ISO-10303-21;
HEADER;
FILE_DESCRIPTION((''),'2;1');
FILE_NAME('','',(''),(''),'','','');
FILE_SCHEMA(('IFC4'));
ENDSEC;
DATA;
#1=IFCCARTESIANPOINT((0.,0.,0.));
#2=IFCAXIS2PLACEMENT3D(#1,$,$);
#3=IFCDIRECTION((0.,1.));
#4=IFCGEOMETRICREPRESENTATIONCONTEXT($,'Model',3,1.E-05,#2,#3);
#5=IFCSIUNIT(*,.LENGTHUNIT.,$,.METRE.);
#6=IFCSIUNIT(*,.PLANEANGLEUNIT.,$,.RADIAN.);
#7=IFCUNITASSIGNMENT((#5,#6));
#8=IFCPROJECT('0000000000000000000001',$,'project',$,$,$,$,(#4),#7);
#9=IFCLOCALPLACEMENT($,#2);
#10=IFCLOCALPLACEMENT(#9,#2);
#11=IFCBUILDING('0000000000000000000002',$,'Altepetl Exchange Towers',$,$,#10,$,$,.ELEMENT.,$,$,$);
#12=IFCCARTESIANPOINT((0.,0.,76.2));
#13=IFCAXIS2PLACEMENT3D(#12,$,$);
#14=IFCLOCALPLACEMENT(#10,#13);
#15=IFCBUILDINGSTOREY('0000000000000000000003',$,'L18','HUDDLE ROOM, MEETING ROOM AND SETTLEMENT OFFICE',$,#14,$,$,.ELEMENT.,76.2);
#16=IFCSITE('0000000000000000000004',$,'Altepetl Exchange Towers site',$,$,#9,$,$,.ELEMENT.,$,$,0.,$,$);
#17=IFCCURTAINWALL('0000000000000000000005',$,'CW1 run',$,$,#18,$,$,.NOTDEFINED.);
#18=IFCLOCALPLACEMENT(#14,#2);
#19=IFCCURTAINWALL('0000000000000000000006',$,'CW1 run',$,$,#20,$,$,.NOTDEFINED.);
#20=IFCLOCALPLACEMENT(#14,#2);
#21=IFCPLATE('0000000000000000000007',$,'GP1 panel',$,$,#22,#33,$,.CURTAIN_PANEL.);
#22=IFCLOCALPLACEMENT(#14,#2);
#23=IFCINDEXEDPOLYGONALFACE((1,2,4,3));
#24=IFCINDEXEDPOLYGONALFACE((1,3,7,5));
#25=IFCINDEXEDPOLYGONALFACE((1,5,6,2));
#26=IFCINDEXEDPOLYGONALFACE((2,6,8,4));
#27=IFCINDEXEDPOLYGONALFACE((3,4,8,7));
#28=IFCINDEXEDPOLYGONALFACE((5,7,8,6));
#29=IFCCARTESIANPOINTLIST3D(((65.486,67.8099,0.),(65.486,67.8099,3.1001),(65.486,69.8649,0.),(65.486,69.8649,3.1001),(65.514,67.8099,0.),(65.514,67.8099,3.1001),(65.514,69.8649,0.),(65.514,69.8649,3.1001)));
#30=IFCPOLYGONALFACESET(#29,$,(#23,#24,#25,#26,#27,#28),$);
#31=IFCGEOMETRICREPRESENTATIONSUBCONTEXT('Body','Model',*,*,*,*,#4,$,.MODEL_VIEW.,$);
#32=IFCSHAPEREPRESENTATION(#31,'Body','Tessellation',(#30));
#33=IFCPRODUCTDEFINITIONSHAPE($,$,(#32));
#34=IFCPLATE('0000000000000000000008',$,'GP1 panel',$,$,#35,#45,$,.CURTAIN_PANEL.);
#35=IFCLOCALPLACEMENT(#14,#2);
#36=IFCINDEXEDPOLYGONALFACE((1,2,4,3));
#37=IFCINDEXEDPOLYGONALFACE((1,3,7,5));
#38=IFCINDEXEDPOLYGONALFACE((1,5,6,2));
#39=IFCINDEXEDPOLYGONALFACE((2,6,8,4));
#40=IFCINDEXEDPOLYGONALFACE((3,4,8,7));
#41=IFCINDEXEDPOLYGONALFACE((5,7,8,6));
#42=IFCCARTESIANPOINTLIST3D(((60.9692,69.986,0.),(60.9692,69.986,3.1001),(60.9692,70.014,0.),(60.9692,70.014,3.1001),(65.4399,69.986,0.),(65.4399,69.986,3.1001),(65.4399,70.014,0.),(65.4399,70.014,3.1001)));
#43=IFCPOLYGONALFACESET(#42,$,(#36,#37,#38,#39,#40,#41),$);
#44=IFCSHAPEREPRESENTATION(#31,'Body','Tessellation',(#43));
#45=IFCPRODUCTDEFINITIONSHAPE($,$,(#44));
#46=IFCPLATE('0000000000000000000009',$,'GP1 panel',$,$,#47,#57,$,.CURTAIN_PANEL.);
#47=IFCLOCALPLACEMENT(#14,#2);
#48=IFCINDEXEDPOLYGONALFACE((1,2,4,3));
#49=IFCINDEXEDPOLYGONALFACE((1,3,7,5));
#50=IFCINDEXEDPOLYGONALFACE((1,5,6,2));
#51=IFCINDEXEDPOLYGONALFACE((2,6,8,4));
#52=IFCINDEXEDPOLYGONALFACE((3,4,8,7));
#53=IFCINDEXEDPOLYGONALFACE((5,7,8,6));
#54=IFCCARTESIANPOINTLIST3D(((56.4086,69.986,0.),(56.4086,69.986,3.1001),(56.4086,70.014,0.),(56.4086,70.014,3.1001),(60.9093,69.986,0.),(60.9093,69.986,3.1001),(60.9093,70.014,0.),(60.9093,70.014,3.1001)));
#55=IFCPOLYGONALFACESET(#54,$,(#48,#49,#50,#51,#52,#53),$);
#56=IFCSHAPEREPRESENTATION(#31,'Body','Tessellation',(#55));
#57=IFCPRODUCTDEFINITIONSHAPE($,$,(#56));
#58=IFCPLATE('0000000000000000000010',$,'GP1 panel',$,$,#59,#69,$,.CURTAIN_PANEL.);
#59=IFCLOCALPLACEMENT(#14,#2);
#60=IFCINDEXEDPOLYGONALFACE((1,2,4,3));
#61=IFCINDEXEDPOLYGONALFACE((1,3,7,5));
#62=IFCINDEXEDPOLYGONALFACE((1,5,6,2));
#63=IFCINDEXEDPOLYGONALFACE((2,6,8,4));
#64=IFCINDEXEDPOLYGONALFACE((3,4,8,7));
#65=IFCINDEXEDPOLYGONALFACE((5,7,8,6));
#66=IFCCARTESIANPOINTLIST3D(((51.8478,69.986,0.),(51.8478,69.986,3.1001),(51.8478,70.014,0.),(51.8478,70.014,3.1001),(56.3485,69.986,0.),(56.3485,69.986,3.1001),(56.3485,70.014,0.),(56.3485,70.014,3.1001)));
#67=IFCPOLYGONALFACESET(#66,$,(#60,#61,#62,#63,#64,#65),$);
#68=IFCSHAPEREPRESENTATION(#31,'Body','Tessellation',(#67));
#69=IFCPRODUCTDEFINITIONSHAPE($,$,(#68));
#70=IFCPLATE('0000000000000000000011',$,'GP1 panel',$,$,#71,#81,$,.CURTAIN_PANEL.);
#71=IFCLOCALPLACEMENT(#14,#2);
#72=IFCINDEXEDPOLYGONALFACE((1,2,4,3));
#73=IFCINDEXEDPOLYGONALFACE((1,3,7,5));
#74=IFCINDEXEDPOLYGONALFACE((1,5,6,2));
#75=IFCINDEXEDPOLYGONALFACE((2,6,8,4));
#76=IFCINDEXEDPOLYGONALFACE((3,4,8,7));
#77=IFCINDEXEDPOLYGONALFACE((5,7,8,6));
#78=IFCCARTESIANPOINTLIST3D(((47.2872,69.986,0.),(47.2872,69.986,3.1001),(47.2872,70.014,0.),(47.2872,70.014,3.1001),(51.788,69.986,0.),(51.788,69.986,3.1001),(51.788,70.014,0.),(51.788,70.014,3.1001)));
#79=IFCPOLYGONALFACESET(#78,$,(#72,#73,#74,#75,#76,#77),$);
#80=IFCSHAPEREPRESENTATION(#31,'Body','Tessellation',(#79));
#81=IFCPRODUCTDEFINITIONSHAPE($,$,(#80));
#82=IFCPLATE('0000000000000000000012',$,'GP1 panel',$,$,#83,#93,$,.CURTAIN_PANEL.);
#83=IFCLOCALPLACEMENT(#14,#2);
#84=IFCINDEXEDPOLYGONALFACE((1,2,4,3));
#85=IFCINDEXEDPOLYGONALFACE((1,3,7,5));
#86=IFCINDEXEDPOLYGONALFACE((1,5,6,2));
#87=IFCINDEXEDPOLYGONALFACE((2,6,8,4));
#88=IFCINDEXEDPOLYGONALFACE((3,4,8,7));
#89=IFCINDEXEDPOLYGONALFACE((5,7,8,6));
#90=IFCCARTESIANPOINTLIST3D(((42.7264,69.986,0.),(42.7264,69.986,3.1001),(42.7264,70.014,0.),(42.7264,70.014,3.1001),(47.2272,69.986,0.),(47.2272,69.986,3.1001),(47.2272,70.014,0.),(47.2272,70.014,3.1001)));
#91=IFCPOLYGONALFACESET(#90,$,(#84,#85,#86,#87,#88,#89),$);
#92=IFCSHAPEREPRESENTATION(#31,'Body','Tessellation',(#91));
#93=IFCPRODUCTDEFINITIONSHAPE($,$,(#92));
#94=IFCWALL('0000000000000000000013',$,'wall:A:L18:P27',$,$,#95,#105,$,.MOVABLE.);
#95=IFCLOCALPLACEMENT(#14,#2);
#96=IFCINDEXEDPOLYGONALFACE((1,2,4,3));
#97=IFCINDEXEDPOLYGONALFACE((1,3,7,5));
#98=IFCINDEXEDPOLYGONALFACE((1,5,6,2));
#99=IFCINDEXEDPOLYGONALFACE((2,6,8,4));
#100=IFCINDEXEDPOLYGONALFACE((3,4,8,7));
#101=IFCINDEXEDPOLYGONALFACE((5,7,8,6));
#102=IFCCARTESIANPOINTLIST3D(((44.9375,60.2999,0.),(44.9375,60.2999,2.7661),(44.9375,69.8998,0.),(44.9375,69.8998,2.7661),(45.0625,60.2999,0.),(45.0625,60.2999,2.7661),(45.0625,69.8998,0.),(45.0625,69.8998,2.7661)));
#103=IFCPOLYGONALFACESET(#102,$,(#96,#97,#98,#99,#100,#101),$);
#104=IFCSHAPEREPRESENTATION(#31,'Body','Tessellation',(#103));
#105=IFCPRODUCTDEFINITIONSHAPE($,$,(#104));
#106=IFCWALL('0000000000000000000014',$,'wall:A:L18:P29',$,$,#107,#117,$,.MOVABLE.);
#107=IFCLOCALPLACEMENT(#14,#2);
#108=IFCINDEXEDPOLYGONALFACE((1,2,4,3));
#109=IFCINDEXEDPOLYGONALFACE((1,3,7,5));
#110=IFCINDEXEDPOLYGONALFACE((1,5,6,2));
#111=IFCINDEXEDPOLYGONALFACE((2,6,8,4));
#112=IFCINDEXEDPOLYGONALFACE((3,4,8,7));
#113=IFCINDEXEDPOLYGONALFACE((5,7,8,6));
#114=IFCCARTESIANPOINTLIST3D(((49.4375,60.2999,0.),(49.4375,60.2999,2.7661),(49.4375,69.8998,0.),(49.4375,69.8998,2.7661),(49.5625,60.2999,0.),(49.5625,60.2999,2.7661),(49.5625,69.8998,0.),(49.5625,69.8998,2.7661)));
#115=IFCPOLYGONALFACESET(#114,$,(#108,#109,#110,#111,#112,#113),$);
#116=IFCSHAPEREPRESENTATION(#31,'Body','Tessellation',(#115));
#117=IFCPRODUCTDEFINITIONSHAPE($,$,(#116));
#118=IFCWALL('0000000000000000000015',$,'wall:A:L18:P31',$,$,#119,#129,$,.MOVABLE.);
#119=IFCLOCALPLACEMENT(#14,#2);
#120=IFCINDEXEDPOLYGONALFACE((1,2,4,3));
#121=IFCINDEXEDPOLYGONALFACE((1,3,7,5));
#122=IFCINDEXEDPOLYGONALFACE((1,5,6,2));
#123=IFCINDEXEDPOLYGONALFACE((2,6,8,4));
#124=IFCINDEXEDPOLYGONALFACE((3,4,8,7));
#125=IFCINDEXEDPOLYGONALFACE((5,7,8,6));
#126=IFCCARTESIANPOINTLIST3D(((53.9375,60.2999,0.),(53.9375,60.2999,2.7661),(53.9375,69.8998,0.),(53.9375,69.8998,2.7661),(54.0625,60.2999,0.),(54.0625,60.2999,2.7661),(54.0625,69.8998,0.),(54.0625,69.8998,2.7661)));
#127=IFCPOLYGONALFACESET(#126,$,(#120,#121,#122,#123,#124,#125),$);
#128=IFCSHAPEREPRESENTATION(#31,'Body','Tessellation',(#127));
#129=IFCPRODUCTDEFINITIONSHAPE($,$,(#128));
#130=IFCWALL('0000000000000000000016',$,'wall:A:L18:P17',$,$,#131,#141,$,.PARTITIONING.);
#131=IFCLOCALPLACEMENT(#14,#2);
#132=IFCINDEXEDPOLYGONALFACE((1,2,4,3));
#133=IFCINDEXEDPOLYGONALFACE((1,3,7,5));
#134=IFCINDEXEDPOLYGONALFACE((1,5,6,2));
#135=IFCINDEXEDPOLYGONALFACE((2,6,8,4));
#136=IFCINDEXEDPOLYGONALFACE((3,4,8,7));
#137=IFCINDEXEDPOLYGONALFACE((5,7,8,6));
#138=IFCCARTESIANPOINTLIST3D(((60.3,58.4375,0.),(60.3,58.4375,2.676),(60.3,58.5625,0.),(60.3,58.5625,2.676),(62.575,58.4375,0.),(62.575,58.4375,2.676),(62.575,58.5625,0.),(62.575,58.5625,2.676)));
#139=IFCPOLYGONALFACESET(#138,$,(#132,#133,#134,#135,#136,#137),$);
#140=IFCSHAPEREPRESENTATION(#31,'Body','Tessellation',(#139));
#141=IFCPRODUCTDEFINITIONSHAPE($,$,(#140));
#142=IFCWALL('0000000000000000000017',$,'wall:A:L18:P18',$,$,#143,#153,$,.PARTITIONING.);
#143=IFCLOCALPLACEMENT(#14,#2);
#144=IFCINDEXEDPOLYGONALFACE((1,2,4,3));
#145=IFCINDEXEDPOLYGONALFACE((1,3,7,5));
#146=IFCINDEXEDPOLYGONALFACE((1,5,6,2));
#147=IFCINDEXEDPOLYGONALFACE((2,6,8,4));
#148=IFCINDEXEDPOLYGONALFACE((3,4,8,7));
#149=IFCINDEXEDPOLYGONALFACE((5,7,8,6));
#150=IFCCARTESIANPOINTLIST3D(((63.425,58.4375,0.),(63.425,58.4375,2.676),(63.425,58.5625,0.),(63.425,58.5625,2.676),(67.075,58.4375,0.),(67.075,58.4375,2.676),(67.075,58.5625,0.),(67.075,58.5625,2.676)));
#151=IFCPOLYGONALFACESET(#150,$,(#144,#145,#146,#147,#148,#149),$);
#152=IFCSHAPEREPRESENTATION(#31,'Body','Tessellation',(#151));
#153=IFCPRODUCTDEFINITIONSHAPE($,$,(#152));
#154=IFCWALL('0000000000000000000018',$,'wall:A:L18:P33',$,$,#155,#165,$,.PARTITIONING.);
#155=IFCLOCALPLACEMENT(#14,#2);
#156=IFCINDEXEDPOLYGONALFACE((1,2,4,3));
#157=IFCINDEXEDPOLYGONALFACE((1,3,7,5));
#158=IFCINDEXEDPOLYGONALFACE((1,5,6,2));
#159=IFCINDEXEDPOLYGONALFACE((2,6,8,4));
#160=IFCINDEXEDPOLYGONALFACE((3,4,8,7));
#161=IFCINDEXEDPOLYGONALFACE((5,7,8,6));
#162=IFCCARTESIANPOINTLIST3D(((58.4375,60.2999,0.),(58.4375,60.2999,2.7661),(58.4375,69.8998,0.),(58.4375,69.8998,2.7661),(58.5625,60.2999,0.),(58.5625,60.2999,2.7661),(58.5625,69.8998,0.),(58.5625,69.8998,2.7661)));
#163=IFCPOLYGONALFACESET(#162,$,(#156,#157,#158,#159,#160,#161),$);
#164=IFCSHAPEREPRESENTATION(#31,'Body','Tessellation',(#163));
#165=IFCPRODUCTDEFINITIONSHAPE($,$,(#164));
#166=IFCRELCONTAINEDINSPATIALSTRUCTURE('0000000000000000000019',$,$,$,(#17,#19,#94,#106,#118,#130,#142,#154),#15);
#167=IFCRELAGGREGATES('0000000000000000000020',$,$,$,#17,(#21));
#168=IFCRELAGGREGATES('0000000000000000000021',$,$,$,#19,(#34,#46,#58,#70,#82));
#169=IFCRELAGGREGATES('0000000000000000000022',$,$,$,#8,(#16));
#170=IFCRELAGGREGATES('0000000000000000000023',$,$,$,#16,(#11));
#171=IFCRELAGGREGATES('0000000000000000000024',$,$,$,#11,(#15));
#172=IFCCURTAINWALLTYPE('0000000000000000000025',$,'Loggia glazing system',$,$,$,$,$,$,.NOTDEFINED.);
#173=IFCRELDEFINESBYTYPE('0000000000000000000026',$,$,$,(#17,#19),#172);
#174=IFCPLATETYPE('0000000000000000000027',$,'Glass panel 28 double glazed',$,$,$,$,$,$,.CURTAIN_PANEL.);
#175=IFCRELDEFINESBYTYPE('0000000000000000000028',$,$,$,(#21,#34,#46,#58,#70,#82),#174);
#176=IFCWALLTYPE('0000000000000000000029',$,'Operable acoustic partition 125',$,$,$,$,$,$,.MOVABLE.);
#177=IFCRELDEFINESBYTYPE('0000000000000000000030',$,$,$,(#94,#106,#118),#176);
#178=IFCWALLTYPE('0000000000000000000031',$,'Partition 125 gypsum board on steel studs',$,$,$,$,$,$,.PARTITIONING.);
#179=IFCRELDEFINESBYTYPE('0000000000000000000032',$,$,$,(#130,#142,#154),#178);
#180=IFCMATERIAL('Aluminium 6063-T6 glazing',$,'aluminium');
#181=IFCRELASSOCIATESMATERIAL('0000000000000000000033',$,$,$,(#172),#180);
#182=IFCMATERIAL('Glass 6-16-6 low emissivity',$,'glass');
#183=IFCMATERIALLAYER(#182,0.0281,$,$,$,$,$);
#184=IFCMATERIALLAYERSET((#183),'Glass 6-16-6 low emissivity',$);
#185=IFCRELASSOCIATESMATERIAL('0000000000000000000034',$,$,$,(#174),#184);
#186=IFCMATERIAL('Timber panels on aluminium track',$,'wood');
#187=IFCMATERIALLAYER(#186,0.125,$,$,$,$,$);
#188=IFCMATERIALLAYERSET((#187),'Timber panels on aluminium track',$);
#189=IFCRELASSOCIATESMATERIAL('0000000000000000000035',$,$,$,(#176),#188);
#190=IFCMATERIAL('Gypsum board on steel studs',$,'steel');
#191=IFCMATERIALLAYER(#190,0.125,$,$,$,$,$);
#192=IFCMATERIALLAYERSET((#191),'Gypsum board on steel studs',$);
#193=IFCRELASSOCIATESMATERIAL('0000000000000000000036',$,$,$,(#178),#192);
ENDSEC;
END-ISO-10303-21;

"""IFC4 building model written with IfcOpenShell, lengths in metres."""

from ifc_helpers import new_model, si_unit, direction, frame, frame_2d, origin, origin_2d, place, context, subcontext, project, spatial, rectangle, extrude, material, layer, layer_set, type_object, element, aggregate, save


model = new_model("IFC4")

# Units and contexts
model_context = context("Model", 3, precision=1e-05, world=origin(), true_north=direction((0.0, 1.0)))
body_context = subcontext(model_context, "Body", "Model", "MODEL_VIEW")
ifc_project = project(units=[si_unit("LENGTHUNIT", "METRE"), si_unit("PLANEANGLEUNIT", "RADIAN")], contexts=[model_context])

# Site, building, storey
site_placement = place(None, origin())
site = spatial("IfcSite", under=ifc_project, at=site_placement, Name="Altepetl Exchange Towers site", CompositionType="ELEMENT", RefElevation=0.0)
building_placement = place(site_placement, origin())
building = spatial("IfcBuilding", under=site, at=building_placement, Name="Altepetl Exchange Towers", CompositionType="ELEMENT")
storey_placement = place(building_placement, frame((0.0, 0.0, 76.2)))
storey = spatial("IfcBuildingStorey", under=building, at=storey_placement, Name="L18", Description="HUDDLE ROOM, MEETING ROOM AND SETTLEMENT OFFICE", CompositionType="ELEMENT", Elevation=76.2)

# Shared definitions
ifc_material_1 = material(Name="Aluminium 6063-T6 glazing", Category="aluminium")
curtain_wall_type = type_object("IfcCurtainWallType", Name="Loggia glazing system", PredefinedType="NOTDEFINED", material=ifc_material_1)

# Curtain walls
curtain_wall_1_placement = place(storey_placement, origin())
curtain_wall_1 = element("IfcCurtainWall", 1, at=curtain_wall_1_placement, inside=storey, type_object=curtain_wall_type, Name="CW1 run", PredefinedType="NOTDEFINED")
curtain_wall_2_placement = place(storey_placement, origin())
curtain_wall_2 = element("IfcCurtainWall", 2, at=curtain_wall_2_placement, inside=storey, type_object=curtain_wall_type, Name="CW1 run", PredefinedType="NOTDEFINED")

# Plates
ifc_material_2 = material(Name="Glass 6-16-6 low emissivity", Category="glass")
ifc_layer_1 = layer(ifc_material_2, 0.0281)
ifc_layer_set_1 = layer_set([ifc_layer_1], Name="Glass 6-16-6 low emissivity")
plate_type = type_object("IfcPlateType", Name="Glass panel 28 double glazed", PredefinedType="CURTAIN_PANEL", material=ifc_layer_set_1)
plate_1_placement = place(storey_placement, frame((65.5, 68.8374, 0.0), z_axis=(0.0, 0.0, 1.0), x_axis=(0.0, 1.0, 0.0)))
plate_1 = element("IfcPlate", 3, at=plate_1_placement, type_object=plate_type, Name="GP1 panel", PredefinedType="CURTAIN_PANEL", context=body_context, shape_type="SweptSolid", body=[
    extrude(rectangle(XDim=2.0549, YDim=0.0281, at=origin_2d()), origin(), (0.0, 0.0, 1.0), 3.1001),
])
aggregate(curtain_wall_1, [plate_1])
plate_2_placement = place(storey_placement, frame((63.2046, 70.0, 0.0), z_axis=(0.0, 0.0, 1.0), x_axis=(-1.0, 0.0, 0.0)))
plate_2 = element("IfcPlate", 4, at=plate_2_placement, type_object=plate_type, Name="GP1 panel", PredefinedType="CURTAIN_PANEL", context=body_context, shape_type="SweptSolid", body=[
    extrude(rectangle(XDim=4.4707, YDim=0.0281, at=origin_2d()), origin(), (0.0, 0.0, 1.0), 3.1001),
])
plate_3_placement = place(storey_placement, frame((58.6589, 70.0, 0.0), z_axis=(0.0, 0.0, 1.0), x_axis=(-1.0, 0.0, 0.0)))
plate_3 = element("IfcPlate", 5, at=plate_3_placement, type_object=plate_type, Name="GP1 panel", PredefinedType="CURTAIN_PANEL", context=body_context, shape_type="SweptSolid", body=[
    extrude(rectangle(XDim=4.5007, YDim=0.0281, at=origin_2d()), origin(), (0.0, 0.0, 1.0), 3.1001),
])
plate_4_placement = place(storey_placement, frame((54.0981, 70.0, 0.0), z_axis=(0.0, 0.0, 1.0), x_axis=(-1.0, 0.0, 0.0)))
plate_4 = element("IfcPlate", 6, at=plate_4_placement, type_object=plate_type, Name="GP1 panel", PredefinedType="CURTAIN_PANEL", context=body_context, shape_type="SweptSolid", body=[
    extrude(rectangle(XDim=4.5007, YDim=0.0281, at=origin_2d()), origin(), (0.0, 0.0, 1.0), 3.1001),
])
plate_5_placement = place(storey_placement, frame((49.5376, 70.0, 0.0), z_axis=(0.0, 0.0, 1.0), x_axis=(-1.0, 0.0, 0.0)))
plate_5 = element("IfcPlate", 7, at=plate_5_placement, type_object=plate_type, Name="GP1 panel", PredefinedType="CURTAIN_PANEL", context=body_context, shape_type="SweptSolid", body=[
    extrude(rectangle(XDim=4.5007, YDim=0.0281, at=origin_2d()), origin(), (0.0, 0.0, 1.0), 3.1001),
])
plate_6_placement = place(storey_placement, frame((44.9768, 70.0, 0.0), z_axis=(0.0, 0.0, 1.0), x_axis=(-1.0, 0.0, 0.0)))
plate_6 = element("IfcPlate", 8, at=plate_6_placement, type_object=plate_type, Name="GP1 panel", PredefinedType="CURTAIN_PANEL", context=body_context, shape_type="SweptSolid", body=[
    extrude(rectangle(XDim=4.5007, YDim=0.0281, at=origin_2d()), origin(), (0.0, 0.0, 1.0), 3.1001),
])
aggregate(curtain_wall_2, [plate_2, plate_3, plate_4, plate_5, plate_6])

# Walls
ifc_material_3 = material(Name="Timber panels on aluminium track", Category="wood")
ifc_layer_2 = layer(ifc_material_3, 0.125)
ifc_layer_set_2 = layer_set([ifc_layer_2], Name="Timber panels on aluminium track")
wall_type_1 = type_object("IfcWallType", Name="Operable acoustic partition 125", PredefinedType="MOVABLE", material=ifc_layer_set_2)
for number, where, z_axis, x_axis, name in (
    (9, (45.0, 60.3, 0.0), (0.0, 0.0, 1.0), (0.0, 1.0, 0.0), "wall:A:L18:P27"),
    (10, (49.5, 60.3, 0.0), (0.0, 0.0, 1.0), (0.0, 1.0, 0.0), "wall:A:L18:P29"),
    (11, (54.0, 60.3, 0.0), (0.0, 0.0, 1.0), (0.0, 1.0, 0.0), "wall:A:L18:P31"),
):
    element("IfcWall", number, at=place(storey_placement, frame(where, z_axis=z_axis, x_axis=x_axis)), inside=storey, type_object=wall_type_1, Name=name, PredefinedType="MOVABLE", context=body_context, shape_type="SweptSolid", body=[
        extrude(rectangle(XDim=9.5999, YDim=0.125, at=frame_2d((4.7998, 0.0))), origin(), (0.0, 0.0, 1.0), 2.7661),
    ])
ifc_material_4 = material(Name="Gypsum board on steel studs", Category="steel")
ifc_layer_3 = layer(ifc_material_4, 0.125)
ifc_layer_set_3 = layer_set([ifc_layer_3], Name="Gypsum board on steel studs")
wall_type_2 = type_object("IfcWallType", Name="Partition 125 gypsum board on steel studs", PredefinedType="PARTITIONING", material=ifc_layer_set_3)
wall_1_placement = place(storey_placement, frame((60.3, 58.5, 0.0)))
element("IfcWall", 12, at=wall_1_placement, inside=storey, type_object=wall_type_2, Name="wall:A:L18:P17", PredefinedType="PARTITIONING", context=body_context, shape_type="SweptSolid", body=[
    extrude(rectangle(XDim=2.2749, YDim=0.125, at=frame_2d((1.1375, 0.0))), origin(), (0.0, 0.0, 1.0), 2.676),
])
wall_2_placement = place(storey_placement, frame((63.425, 58.5, 0.0)))
element("IfcWall", 13, at=wall_2_placement, inside=storey, type_object=wall_type_2, Name="wall:A:L18:P18", PredefinedType="PARTITIONING", context=body_context, shape_type="SweptSolid", body=[
    extrude(rectangle(XDim=3.6499, YDim=0.125, at=frame_2d((1.825, 0.0))), origin(), (0.0, 0.0, 1.0), 2.676),
])
wall_3_placement = place(storey_placement, frame((58.5, 60.3, 0.0), z_axis=(0.0, 0.0, 1.0), x_axis=(0.0, 1.0, 0.0)))
element("IfcWall", 14, at=wall_3_placement, inside=storey, type_object=wall_type_2, Name="wall:A:L18:P33", PredefinedType="PARTITIONING", context=body_context, shape_type="SweptSolid", body=[
    extrude(rectangle(XDim=9.5999, YDim=0.125, at=frame_2d((4.7998, 0.0))), origin(), (0.0, 0.0, 1.0), 2.7661),
])

save(model, "model.ifc")
